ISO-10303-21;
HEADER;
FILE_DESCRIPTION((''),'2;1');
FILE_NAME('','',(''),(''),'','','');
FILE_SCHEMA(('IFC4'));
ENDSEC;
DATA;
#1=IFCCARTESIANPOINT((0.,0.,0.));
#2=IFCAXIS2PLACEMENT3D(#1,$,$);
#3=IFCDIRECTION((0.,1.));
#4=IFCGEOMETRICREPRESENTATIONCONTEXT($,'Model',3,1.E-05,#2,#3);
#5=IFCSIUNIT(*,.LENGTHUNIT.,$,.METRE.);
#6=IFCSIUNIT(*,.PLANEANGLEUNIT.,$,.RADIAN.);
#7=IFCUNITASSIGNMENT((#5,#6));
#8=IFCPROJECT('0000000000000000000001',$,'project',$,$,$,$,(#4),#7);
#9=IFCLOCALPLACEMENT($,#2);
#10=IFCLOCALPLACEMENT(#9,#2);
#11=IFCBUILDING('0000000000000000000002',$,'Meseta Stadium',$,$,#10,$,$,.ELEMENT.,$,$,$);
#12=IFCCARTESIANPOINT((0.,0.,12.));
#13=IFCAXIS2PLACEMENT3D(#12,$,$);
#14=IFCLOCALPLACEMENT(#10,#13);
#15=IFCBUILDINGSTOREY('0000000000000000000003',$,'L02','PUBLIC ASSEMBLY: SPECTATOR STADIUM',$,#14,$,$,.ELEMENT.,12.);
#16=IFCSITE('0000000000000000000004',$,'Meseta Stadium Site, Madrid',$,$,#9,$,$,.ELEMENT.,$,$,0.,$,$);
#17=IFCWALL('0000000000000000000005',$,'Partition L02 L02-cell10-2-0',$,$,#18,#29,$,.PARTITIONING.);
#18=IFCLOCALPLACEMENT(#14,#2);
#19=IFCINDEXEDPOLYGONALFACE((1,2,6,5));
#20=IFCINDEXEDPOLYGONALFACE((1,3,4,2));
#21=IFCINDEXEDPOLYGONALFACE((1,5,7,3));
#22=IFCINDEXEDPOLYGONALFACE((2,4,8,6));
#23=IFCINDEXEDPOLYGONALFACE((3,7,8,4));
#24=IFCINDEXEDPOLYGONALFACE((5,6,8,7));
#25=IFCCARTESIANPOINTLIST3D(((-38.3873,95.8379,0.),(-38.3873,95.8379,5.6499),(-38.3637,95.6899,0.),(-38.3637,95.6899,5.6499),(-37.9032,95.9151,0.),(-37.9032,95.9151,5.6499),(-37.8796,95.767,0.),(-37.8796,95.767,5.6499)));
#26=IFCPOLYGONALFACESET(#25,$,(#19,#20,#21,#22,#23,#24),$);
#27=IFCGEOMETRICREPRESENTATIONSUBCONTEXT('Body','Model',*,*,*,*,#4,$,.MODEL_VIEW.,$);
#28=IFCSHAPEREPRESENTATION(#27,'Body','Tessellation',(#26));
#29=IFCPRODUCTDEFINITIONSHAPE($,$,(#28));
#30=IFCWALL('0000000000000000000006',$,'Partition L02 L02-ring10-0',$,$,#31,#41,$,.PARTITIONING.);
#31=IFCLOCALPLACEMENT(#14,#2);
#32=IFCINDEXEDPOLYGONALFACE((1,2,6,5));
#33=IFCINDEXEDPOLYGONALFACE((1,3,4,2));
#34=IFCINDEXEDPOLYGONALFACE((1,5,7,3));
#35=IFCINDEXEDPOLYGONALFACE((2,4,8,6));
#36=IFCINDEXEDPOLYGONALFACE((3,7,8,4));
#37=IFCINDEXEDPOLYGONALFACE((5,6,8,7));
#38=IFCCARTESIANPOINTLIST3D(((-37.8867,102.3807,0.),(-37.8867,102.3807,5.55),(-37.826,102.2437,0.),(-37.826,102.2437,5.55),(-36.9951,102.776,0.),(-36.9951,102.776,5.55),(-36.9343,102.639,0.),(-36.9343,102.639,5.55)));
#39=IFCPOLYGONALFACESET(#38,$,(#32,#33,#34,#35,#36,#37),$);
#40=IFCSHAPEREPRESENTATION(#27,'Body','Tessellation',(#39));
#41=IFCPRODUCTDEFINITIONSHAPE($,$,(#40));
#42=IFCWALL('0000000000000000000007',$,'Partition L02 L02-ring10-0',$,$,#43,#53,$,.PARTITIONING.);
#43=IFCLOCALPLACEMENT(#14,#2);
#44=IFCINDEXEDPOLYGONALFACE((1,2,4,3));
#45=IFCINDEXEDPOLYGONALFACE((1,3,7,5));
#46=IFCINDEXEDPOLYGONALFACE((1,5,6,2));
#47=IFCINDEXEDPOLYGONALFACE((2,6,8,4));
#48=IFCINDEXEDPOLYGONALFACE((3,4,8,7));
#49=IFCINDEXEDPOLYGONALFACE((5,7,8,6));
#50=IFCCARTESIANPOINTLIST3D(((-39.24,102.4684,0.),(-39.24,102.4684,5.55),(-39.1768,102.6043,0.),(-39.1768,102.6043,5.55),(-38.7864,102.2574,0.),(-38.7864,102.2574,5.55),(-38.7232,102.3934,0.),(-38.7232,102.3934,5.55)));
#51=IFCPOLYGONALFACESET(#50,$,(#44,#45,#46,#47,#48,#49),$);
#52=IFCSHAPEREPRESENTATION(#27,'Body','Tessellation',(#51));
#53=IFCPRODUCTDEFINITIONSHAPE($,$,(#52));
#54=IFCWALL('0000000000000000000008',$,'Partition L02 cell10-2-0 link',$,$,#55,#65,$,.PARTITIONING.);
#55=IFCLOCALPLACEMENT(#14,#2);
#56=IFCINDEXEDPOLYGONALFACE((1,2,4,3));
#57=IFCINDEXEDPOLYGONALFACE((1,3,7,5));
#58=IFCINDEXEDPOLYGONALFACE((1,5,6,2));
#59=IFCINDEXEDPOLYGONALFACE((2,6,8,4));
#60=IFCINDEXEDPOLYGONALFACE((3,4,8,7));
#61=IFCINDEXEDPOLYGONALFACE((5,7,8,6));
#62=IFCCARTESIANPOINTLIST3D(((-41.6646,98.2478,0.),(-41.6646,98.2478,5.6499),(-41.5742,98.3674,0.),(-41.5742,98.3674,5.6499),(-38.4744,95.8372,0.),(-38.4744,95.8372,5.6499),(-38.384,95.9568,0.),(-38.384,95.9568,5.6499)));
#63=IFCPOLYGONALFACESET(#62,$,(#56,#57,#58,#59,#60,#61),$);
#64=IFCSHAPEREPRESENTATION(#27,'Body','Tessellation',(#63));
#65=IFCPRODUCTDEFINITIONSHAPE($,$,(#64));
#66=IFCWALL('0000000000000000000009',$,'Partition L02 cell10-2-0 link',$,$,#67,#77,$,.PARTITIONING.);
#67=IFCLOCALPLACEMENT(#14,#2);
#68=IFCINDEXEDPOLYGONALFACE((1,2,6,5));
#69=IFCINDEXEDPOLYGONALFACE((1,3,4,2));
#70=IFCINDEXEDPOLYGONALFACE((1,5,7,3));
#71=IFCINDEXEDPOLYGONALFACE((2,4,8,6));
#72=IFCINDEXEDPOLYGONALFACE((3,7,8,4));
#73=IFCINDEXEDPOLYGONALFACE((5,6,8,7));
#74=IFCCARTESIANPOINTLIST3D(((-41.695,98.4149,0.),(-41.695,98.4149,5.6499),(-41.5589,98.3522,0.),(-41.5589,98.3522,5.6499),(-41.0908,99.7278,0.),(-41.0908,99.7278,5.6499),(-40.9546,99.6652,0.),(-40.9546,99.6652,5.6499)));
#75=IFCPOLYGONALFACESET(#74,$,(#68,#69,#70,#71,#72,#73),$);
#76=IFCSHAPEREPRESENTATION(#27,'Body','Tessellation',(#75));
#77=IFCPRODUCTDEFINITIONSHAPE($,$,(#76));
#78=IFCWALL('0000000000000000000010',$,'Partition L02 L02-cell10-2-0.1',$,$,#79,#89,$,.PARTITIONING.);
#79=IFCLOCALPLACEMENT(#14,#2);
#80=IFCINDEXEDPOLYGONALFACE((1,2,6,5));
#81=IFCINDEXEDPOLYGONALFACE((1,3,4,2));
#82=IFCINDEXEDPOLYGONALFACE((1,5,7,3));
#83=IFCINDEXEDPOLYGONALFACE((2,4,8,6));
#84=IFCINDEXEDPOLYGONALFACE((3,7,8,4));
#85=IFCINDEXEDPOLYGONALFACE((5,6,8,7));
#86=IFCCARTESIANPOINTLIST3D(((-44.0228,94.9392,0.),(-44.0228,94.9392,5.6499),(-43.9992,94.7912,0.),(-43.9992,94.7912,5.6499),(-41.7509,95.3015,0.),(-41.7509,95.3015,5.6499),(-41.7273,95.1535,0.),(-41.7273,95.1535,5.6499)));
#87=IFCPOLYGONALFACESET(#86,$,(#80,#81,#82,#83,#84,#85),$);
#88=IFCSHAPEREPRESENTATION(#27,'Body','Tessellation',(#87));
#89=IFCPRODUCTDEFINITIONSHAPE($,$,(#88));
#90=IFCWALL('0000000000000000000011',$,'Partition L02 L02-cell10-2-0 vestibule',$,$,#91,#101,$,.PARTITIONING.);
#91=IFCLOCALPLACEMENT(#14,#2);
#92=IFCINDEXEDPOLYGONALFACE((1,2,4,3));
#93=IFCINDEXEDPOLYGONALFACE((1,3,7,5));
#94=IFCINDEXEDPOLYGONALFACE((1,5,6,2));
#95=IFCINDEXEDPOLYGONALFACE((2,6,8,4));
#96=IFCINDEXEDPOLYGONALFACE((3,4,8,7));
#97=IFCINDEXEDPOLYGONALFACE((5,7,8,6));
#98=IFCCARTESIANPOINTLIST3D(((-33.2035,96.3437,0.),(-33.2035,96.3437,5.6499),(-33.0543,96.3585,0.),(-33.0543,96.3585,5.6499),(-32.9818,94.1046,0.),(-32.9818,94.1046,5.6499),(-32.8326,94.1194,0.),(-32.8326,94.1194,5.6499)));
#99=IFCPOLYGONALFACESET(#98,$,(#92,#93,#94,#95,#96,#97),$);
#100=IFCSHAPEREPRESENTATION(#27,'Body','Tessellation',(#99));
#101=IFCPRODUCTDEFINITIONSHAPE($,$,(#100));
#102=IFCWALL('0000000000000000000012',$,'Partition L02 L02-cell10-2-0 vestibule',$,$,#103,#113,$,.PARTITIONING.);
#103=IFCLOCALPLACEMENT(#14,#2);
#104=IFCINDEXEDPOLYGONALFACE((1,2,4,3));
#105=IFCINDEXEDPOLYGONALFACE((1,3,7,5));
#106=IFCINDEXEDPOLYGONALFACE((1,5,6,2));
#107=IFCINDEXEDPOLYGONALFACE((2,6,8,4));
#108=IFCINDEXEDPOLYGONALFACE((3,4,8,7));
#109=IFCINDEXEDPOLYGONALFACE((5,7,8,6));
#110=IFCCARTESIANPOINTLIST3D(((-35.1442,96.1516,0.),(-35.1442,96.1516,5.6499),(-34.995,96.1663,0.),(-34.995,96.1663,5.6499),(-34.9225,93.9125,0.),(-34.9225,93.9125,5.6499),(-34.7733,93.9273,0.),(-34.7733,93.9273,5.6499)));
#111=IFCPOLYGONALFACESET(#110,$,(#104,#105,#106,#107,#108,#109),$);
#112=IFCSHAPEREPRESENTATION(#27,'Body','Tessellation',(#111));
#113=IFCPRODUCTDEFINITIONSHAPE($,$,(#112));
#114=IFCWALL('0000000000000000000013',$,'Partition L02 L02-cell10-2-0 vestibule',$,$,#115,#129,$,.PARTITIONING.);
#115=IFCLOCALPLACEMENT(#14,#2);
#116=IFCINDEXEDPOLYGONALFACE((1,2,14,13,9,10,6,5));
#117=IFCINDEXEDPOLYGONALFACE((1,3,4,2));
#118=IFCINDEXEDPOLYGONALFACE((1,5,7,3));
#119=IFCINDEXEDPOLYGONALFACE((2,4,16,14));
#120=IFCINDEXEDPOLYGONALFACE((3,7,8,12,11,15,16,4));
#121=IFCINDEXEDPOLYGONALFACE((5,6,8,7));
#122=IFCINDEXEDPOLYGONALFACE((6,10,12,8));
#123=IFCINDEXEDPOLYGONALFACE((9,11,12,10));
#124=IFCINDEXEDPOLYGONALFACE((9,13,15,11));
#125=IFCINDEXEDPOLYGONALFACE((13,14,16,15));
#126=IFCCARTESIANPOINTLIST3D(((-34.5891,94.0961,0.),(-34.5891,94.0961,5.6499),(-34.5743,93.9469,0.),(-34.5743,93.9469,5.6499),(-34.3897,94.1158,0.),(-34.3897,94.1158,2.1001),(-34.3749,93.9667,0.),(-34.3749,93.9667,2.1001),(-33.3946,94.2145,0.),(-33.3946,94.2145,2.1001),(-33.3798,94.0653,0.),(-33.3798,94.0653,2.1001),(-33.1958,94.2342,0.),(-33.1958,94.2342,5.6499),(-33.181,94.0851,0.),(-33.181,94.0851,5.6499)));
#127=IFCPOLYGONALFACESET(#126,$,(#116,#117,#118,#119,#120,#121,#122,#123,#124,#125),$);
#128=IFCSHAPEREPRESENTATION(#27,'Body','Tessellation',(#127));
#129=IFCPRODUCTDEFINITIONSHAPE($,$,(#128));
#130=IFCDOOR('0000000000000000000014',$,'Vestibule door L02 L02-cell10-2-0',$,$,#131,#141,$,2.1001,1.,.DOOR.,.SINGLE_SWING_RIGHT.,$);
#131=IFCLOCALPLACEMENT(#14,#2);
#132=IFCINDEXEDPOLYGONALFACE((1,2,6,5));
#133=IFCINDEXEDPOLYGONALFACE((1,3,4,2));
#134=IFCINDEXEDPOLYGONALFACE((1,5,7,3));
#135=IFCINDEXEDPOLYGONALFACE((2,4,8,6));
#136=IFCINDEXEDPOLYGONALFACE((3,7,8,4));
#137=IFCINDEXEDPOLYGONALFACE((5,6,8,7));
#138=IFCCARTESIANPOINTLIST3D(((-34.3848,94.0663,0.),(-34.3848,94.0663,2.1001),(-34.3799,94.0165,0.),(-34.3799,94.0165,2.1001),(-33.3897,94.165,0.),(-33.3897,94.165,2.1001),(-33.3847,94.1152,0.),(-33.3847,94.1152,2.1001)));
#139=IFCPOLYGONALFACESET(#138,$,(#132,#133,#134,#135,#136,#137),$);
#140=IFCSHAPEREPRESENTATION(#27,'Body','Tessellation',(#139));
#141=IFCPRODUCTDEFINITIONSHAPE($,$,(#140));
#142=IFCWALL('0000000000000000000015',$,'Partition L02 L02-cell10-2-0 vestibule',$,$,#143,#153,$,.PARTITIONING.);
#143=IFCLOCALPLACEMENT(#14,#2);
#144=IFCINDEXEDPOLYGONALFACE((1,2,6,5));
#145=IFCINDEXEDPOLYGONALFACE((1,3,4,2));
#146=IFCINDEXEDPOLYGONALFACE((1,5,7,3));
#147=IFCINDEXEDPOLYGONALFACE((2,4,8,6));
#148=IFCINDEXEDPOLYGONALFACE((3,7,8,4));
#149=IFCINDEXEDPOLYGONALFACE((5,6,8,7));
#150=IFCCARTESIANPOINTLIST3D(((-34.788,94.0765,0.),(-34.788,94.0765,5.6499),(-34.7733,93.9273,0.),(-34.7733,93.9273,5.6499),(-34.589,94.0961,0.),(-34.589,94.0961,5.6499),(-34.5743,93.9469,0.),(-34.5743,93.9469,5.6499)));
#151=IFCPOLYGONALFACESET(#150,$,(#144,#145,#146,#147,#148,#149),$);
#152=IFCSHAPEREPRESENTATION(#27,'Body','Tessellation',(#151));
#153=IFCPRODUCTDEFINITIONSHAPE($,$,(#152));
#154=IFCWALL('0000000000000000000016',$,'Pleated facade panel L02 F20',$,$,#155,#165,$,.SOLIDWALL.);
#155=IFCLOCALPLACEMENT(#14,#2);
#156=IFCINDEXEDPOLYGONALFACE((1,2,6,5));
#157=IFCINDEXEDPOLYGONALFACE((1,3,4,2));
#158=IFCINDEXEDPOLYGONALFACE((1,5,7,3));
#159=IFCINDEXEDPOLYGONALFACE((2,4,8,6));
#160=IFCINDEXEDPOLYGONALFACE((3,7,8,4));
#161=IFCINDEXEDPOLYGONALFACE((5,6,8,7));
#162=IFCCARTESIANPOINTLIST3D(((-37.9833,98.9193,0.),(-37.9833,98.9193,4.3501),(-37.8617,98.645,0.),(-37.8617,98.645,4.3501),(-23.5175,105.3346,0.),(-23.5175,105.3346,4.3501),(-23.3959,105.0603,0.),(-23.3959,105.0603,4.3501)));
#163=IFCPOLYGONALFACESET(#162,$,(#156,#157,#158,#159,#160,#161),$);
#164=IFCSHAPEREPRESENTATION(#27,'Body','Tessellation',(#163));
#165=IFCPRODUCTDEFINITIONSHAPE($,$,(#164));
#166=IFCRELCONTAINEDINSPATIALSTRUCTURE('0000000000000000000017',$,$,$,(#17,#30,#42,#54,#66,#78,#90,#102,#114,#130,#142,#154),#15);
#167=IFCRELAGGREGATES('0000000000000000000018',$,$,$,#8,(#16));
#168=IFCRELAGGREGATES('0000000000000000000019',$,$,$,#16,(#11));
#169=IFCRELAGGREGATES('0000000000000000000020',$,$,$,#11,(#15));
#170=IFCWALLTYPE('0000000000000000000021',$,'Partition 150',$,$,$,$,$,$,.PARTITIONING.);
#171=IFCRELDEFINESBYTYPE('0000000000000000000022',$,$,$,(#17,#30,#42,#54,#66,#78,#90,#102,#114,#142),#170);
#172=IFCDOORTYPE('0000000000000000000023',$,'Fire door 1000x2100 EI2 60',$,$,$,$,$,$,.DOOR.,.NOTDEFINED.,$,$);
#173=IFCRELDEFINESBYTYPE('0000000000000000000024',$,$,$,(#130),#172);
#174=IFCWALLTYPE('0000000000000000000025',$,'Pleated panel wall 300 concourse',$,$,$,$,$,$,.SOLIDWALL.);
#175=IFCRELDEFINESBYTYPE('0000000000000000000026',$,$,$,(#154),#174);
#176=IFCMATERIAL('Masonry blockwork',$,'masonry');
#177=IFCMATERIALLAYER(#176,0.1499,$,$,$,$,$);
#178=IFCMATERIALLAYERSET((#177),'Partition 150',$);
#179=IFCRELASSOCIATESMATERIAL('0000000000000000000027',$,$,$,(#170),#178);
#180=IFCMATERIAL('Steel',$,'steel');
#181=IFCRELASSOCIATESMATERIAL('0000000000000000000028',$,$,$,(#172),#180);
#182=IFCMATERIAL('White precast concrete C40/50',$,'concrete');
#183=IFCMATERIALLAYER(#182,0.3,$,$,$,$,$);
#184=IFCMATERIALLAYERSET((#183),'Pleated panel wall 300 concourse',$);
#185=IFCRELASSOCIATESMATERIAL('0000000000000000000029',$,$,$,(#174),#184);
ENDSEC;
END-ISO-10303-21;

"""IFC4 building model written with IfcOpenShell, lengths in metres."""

from ifc_helpers import new_model, si_unit, direction, frame, frame_2d, origin, place, context, subcontext, project, spatial, rectangle, extrude, material, layer, layer_set, type_object, element, fill, save


model = new_model("IFC4")

# Units and contexts
model_context = context("Model", 3, precision=1e-05, world=origin(), true_north=direction((0.0, 1.0)))
body_context = subcontext(model_context, "Body", "Model", "MODEL_VIEW")
ifc_project = project(units=[si_unit("LENGTHUNIT", "METRE"), si_unit("PLANEANGLEUNIT", "RADIAN")], contexts=[model_context])

# Site, building, storey
site_placement = place(None, origin())
site = spatial("IfcSite", under=ifc_project, at=site_placement, Name="Meseta Stadium Site, Madrid", CompositionType="ELEMENT", RefElevation=0.0)
building_placement = place(site_placement, origin())
building = spatial("IfcBuilding", under=site, at=building_placement, Name="Meseta Stadium", CompositionType="ELEMENT")
storey_placement = place(building_placement, frame((0.0, 0.0, 12.0)))
storey = spatial("IfcBuildingStorey", under=building, at=storey_placement, Name="L02", Description="PUBLIC ASSEMBLY: SPECTATOR STADIUM", CompositionType="ELEMENT", Elevation=12.0)

# Walls
ifc_material_1 = material(Name="Masonry blockwork", Category="masonry")
ifc_layer_1 = layer(ifc_material_1, 0.1499)
ifc_layer_set_1 = layer_set([ifc_layer_1], Name="Partition 150")
wall_type_1 = type_object("IfcWallType", Name="Partition 150", PredefinedType="PARTITIONING", material=ifc_layer_set_1)
wall_1_placement = place(storey_placement, frame((-37.8914, 95.8411, 0.0), z_axis=(0.0, 0.0, 1.0), x_axis=(-0.98754, -0.157369, 0.0)))
element("IfcWall", 1, at=wall_1_placement, inside=storey, type_object=wall_type_1, Name="Partition L02 L02-cell10-2-0", PredefinedType="PARTITIONING", context=body_context, shape_type="SweptSolid", body=[
    extrude(rectangle(XDim=0.4902, YDim=0.1499, at=frame_2d((0.2451, 0.0))), origin(), (0.0, 0.0, 1.0), 5.6499),
])
wall_2_placement = place(storey_placement, frame((-36.9646, 102.7075, 0.0), z_axis=(0.0, 0.0, 1.0), x_axis=(-0.914193, -0.405279, 0.0)))
element("IfcWall", 2, at=wall_2_placement, inside=storey, type_object=wall_type_1, Name="Partition L02 L02-ring10-0", PredefinedType="PARTITIONING", context=body_context, shape_type="SweptSolid", body=[
    extrude(rectangle(XDim=0.9753, YDim=0.1499, at=frame_2d((0.4878, 0.0))), origin(), (0.0, 0.0, 1.0), 5.55),
])
wall_3_placement = place(storey_placement, frame((-38.7549, 102.3254, 0.0), z_axis=(0.0, 0.0, 1.0), x_axis=(-0.906756, 0.421656, 0.0)))
element("IfcWall", 3, at=wall_3_placement, inside=storey, type_object=wall_type_1, Name="Partition L02 L02-ring10-0", PredefinedType="PARTITIONING", context=body_context, shape_type="SweptSolid", body=[
    extrude(rectangle(XDim=0.5002, YDim=0.1499, at=frame_2d((0.25, 0.0))), origin(), (0.0, 0.0, 1.0), 5.55),
])
wall_4_placement = place(storey_placement, frame((-38.4292, 95.897, 0.0), z_axis=(0.0, 0.0, 1.0), x_axis=(-0.797833, 0.602878, 0.0)))
element("IfcWall", 4, at=wall_4_placement, inside=storey, type_object=wall_type_1, Name="Partition L02 cell10-2-0 link", PredefinedType="PARTITIONING", context=body_context, shape_type="SweptSolid", body=[
    extrude(rectangle(XDim=3.9985, YDim=0.1499, at=frame_2d((1.9993, 0.0))), origin(), (0.0, 0.0, 1.0), 5.6499),
])
wall_5_placement = place(storey_placement, frame((-41.627, 98.3835, 0.0), z_axis=(0.0, 0.0, 1.0), x_axis=(0.418062, 0.908419, 0.0)))
element("IfcWall", 5, at=wall_5_placement, inside=storey, type_object=wall_type_1, Name="Partition L02 cell10-2-0 link", PredefinedType="PARTITIONING", context=body_context, shape_type="SweptSolid", body=[
    extrude(rectangle(XDim=1.4453, YDim=0.1499, at=frame_2d((0.7227, 0.0))), origin(), (0.0, 0.0, 1.0), 5.6499),
])
wall_6_placement = place(storey_placement, frame((-41.739, 95.2275, 0.0), z_axis=(0.0, 0.0, 1.0), x_axis=(-0.98752, -0.157494, 0.0)))
element("IfcWall", 6, at=wall_6_placement, inside=storey, type_object=wall_type_1, Name="Partition L02 L02-cell10-2-0.1", PredefinedType="PARTITIONING", context=body_context, shape_type="SweptSolid", body=[
    extrude(rectangle(XDim=2.3005, YDim=0.1499, at=frame_2d((1.1504, 0.0))), origin(), (0.0, 0.0, 1.0), 5.6499),
])
for number, where, z_axis, x_axis, name in (
    (7, (-33.1289, 96.3511, 0.0), (0.0, 0.0, 1.0), (0.098526, -0.995134, 0.0), "Partition L02 L02-cell10-2-0 vestibule"),
    (8, (-35.0696, 96.1589, 0.0), (0.0, 0.0, 1.0), (0.098526, -0.995134, 0.0), "Partition L02 L02-cell10-2-0 vestibule"),
):
    element("IfcWall", number, at=place(storey_placement, frame(where, z_axis=z_axis, x_axis=x_axis)), inside=storey, type_object=wall_type_1, Name=name, PredefinedType="PARTITIONING", context=body_context, shape_type="SweptSolid", body=[
        extrude(rectangle(XDim=2.25, YDim=0.1499, at=frame_2d((1.125, 0.0))), origin(), (0.0, 0.0, 1.0), 5.6499),
    ])

# Wall, opening, door
wall_7_placement = place(storey_placement, frame((-33.1882, 94.1597, 0.0), z_axis=(0.0, 0.0, 1.0), x_axis=(-0.995118, -0.098692, 0.0)))
wall_7 = element("IfcWall", 9, at=wall_7_placement, inside=storey, type_object=wall_type_1, Name="Partition L02 L02-cell10-2-0 vestibule", PredefinedType="PARTITIONING", context=body_context, shape_type="SweptSolid", body=[
    extrude(rectangle(XDim=1.4001, YDim=0.1499, at=frame_2d((0.7002, 0.0))), origin(), (0.0, 0.0, 1.0), 5.6499),
])
opening_placement = place(wall_7_placement, frame((0.2, 0.0, 0.0)))
opening = element("IfcOpeningElement", 10, at=opening_placement, cuts=wall_7, PredefinedType="OPENING", context=body_context, shape_type="SweptSolid", body=[
    extrude(rectangle(XDim=1.0, YDim=2.1001, at=frame_2d((0.5, 1.05))), frame((0.0, 0.085, 0.0), z_axis=(0.0, -1.0, 0.0), x_axis=(1.0, 0.0, 0.0)), (0.0, 0.0, 1.0), 0.1699),
])
ifc_material_2 = material(Name="Steel", Category="steel")
door_type = type_object("IfcDoorType", Name="Fire door 1000x2100 EI2 60", OperationType="NOTDEFINED", PredefinedType="DOOR", material=ifc_material_2)
door_placement = place(opening_placement, origin())
door = element("IfcDoor", 11, at=door_placement, inside=storey, type_object=door_type, Name="Vestibule door L02 L02-cell10-2-0", OperationType="SINGLE_SWING_RIGHT", OverallHeight=2.1001, OverallWidth=1.0, PredefinedType="DOOR", context=body_context, shape_type="SweptSolid", body=[
    extrude(rectangle(XDim=1.0, YDim=2.1001, at=frame_2d((0.5, 1.05))), frame((0.0, 0.0249, 0.0), z_axis=(0.0, -1.0, 0.0), x_axis=(1.0, 0.0, 0.0)), (0.0, 0.0, 1.0), 0.05),
])
fill(opening, door)

# Walls
wall_8_placement = place(storey_placement, frame((-34.5815, 94.0215, 0.0), z_axis=(0.0, 0.0, 1.0), x_axis=(-0.995217, -0.09769, 0.0)))
element("IfcWall", 12, at=wall_8_placement, inside=storey, type_object=wall_type_1, Name="Partition L02 L02-cell10-2-0 vestibule", PredefinedType="PARTITIONING", context=body_context, shape_type="SweptSolid", body=[
    extrude(rectangle(XDim=0.2, YDim=0.1499, at=frame_2d((0.1001, 0.0))), origin(), (0.0, 0.0, 1.0), 5.6499),
])
ifc_material_3 = material(Name="White precast concrete C40/50", Category="concrete")
ifc_layer_2 = layer(ifc_material_3, 0.3)
ifc_layer_set_2 = layer_set([ifc_layer_2], Name="Pleated panel wall 300 concourse")
wall_type_2 = type_object("IfcWallType", Name="Pleated panel wall 300 concourse", PredefinedType="SOLIDWALL", material=ifc_layer_set_2)
wall_9_placement = place(storey_placement, frame((-37.9224, 98.7822, 0.0), z_axis=(0.0, 0.0, 1.0), x_axis=(0.914139, 0.405401, 0.0)))
element("IfcWall", 13, at=wall_9_placement, inside=storey, type_object=wall_type_2, Name="Pleated facade panel L02 F20", PredefinedType="SOLIDWALL", context=body_context, shape_type="SweptSolid", body=[
    extrude(rectangle(XDim=15.8245, YDim=0.3, at=frame_2d((7.9121, 0.0))), origin(), (0.0, 0.0, 1.0), 4.3501),
])

save(model, "model.ifc")
